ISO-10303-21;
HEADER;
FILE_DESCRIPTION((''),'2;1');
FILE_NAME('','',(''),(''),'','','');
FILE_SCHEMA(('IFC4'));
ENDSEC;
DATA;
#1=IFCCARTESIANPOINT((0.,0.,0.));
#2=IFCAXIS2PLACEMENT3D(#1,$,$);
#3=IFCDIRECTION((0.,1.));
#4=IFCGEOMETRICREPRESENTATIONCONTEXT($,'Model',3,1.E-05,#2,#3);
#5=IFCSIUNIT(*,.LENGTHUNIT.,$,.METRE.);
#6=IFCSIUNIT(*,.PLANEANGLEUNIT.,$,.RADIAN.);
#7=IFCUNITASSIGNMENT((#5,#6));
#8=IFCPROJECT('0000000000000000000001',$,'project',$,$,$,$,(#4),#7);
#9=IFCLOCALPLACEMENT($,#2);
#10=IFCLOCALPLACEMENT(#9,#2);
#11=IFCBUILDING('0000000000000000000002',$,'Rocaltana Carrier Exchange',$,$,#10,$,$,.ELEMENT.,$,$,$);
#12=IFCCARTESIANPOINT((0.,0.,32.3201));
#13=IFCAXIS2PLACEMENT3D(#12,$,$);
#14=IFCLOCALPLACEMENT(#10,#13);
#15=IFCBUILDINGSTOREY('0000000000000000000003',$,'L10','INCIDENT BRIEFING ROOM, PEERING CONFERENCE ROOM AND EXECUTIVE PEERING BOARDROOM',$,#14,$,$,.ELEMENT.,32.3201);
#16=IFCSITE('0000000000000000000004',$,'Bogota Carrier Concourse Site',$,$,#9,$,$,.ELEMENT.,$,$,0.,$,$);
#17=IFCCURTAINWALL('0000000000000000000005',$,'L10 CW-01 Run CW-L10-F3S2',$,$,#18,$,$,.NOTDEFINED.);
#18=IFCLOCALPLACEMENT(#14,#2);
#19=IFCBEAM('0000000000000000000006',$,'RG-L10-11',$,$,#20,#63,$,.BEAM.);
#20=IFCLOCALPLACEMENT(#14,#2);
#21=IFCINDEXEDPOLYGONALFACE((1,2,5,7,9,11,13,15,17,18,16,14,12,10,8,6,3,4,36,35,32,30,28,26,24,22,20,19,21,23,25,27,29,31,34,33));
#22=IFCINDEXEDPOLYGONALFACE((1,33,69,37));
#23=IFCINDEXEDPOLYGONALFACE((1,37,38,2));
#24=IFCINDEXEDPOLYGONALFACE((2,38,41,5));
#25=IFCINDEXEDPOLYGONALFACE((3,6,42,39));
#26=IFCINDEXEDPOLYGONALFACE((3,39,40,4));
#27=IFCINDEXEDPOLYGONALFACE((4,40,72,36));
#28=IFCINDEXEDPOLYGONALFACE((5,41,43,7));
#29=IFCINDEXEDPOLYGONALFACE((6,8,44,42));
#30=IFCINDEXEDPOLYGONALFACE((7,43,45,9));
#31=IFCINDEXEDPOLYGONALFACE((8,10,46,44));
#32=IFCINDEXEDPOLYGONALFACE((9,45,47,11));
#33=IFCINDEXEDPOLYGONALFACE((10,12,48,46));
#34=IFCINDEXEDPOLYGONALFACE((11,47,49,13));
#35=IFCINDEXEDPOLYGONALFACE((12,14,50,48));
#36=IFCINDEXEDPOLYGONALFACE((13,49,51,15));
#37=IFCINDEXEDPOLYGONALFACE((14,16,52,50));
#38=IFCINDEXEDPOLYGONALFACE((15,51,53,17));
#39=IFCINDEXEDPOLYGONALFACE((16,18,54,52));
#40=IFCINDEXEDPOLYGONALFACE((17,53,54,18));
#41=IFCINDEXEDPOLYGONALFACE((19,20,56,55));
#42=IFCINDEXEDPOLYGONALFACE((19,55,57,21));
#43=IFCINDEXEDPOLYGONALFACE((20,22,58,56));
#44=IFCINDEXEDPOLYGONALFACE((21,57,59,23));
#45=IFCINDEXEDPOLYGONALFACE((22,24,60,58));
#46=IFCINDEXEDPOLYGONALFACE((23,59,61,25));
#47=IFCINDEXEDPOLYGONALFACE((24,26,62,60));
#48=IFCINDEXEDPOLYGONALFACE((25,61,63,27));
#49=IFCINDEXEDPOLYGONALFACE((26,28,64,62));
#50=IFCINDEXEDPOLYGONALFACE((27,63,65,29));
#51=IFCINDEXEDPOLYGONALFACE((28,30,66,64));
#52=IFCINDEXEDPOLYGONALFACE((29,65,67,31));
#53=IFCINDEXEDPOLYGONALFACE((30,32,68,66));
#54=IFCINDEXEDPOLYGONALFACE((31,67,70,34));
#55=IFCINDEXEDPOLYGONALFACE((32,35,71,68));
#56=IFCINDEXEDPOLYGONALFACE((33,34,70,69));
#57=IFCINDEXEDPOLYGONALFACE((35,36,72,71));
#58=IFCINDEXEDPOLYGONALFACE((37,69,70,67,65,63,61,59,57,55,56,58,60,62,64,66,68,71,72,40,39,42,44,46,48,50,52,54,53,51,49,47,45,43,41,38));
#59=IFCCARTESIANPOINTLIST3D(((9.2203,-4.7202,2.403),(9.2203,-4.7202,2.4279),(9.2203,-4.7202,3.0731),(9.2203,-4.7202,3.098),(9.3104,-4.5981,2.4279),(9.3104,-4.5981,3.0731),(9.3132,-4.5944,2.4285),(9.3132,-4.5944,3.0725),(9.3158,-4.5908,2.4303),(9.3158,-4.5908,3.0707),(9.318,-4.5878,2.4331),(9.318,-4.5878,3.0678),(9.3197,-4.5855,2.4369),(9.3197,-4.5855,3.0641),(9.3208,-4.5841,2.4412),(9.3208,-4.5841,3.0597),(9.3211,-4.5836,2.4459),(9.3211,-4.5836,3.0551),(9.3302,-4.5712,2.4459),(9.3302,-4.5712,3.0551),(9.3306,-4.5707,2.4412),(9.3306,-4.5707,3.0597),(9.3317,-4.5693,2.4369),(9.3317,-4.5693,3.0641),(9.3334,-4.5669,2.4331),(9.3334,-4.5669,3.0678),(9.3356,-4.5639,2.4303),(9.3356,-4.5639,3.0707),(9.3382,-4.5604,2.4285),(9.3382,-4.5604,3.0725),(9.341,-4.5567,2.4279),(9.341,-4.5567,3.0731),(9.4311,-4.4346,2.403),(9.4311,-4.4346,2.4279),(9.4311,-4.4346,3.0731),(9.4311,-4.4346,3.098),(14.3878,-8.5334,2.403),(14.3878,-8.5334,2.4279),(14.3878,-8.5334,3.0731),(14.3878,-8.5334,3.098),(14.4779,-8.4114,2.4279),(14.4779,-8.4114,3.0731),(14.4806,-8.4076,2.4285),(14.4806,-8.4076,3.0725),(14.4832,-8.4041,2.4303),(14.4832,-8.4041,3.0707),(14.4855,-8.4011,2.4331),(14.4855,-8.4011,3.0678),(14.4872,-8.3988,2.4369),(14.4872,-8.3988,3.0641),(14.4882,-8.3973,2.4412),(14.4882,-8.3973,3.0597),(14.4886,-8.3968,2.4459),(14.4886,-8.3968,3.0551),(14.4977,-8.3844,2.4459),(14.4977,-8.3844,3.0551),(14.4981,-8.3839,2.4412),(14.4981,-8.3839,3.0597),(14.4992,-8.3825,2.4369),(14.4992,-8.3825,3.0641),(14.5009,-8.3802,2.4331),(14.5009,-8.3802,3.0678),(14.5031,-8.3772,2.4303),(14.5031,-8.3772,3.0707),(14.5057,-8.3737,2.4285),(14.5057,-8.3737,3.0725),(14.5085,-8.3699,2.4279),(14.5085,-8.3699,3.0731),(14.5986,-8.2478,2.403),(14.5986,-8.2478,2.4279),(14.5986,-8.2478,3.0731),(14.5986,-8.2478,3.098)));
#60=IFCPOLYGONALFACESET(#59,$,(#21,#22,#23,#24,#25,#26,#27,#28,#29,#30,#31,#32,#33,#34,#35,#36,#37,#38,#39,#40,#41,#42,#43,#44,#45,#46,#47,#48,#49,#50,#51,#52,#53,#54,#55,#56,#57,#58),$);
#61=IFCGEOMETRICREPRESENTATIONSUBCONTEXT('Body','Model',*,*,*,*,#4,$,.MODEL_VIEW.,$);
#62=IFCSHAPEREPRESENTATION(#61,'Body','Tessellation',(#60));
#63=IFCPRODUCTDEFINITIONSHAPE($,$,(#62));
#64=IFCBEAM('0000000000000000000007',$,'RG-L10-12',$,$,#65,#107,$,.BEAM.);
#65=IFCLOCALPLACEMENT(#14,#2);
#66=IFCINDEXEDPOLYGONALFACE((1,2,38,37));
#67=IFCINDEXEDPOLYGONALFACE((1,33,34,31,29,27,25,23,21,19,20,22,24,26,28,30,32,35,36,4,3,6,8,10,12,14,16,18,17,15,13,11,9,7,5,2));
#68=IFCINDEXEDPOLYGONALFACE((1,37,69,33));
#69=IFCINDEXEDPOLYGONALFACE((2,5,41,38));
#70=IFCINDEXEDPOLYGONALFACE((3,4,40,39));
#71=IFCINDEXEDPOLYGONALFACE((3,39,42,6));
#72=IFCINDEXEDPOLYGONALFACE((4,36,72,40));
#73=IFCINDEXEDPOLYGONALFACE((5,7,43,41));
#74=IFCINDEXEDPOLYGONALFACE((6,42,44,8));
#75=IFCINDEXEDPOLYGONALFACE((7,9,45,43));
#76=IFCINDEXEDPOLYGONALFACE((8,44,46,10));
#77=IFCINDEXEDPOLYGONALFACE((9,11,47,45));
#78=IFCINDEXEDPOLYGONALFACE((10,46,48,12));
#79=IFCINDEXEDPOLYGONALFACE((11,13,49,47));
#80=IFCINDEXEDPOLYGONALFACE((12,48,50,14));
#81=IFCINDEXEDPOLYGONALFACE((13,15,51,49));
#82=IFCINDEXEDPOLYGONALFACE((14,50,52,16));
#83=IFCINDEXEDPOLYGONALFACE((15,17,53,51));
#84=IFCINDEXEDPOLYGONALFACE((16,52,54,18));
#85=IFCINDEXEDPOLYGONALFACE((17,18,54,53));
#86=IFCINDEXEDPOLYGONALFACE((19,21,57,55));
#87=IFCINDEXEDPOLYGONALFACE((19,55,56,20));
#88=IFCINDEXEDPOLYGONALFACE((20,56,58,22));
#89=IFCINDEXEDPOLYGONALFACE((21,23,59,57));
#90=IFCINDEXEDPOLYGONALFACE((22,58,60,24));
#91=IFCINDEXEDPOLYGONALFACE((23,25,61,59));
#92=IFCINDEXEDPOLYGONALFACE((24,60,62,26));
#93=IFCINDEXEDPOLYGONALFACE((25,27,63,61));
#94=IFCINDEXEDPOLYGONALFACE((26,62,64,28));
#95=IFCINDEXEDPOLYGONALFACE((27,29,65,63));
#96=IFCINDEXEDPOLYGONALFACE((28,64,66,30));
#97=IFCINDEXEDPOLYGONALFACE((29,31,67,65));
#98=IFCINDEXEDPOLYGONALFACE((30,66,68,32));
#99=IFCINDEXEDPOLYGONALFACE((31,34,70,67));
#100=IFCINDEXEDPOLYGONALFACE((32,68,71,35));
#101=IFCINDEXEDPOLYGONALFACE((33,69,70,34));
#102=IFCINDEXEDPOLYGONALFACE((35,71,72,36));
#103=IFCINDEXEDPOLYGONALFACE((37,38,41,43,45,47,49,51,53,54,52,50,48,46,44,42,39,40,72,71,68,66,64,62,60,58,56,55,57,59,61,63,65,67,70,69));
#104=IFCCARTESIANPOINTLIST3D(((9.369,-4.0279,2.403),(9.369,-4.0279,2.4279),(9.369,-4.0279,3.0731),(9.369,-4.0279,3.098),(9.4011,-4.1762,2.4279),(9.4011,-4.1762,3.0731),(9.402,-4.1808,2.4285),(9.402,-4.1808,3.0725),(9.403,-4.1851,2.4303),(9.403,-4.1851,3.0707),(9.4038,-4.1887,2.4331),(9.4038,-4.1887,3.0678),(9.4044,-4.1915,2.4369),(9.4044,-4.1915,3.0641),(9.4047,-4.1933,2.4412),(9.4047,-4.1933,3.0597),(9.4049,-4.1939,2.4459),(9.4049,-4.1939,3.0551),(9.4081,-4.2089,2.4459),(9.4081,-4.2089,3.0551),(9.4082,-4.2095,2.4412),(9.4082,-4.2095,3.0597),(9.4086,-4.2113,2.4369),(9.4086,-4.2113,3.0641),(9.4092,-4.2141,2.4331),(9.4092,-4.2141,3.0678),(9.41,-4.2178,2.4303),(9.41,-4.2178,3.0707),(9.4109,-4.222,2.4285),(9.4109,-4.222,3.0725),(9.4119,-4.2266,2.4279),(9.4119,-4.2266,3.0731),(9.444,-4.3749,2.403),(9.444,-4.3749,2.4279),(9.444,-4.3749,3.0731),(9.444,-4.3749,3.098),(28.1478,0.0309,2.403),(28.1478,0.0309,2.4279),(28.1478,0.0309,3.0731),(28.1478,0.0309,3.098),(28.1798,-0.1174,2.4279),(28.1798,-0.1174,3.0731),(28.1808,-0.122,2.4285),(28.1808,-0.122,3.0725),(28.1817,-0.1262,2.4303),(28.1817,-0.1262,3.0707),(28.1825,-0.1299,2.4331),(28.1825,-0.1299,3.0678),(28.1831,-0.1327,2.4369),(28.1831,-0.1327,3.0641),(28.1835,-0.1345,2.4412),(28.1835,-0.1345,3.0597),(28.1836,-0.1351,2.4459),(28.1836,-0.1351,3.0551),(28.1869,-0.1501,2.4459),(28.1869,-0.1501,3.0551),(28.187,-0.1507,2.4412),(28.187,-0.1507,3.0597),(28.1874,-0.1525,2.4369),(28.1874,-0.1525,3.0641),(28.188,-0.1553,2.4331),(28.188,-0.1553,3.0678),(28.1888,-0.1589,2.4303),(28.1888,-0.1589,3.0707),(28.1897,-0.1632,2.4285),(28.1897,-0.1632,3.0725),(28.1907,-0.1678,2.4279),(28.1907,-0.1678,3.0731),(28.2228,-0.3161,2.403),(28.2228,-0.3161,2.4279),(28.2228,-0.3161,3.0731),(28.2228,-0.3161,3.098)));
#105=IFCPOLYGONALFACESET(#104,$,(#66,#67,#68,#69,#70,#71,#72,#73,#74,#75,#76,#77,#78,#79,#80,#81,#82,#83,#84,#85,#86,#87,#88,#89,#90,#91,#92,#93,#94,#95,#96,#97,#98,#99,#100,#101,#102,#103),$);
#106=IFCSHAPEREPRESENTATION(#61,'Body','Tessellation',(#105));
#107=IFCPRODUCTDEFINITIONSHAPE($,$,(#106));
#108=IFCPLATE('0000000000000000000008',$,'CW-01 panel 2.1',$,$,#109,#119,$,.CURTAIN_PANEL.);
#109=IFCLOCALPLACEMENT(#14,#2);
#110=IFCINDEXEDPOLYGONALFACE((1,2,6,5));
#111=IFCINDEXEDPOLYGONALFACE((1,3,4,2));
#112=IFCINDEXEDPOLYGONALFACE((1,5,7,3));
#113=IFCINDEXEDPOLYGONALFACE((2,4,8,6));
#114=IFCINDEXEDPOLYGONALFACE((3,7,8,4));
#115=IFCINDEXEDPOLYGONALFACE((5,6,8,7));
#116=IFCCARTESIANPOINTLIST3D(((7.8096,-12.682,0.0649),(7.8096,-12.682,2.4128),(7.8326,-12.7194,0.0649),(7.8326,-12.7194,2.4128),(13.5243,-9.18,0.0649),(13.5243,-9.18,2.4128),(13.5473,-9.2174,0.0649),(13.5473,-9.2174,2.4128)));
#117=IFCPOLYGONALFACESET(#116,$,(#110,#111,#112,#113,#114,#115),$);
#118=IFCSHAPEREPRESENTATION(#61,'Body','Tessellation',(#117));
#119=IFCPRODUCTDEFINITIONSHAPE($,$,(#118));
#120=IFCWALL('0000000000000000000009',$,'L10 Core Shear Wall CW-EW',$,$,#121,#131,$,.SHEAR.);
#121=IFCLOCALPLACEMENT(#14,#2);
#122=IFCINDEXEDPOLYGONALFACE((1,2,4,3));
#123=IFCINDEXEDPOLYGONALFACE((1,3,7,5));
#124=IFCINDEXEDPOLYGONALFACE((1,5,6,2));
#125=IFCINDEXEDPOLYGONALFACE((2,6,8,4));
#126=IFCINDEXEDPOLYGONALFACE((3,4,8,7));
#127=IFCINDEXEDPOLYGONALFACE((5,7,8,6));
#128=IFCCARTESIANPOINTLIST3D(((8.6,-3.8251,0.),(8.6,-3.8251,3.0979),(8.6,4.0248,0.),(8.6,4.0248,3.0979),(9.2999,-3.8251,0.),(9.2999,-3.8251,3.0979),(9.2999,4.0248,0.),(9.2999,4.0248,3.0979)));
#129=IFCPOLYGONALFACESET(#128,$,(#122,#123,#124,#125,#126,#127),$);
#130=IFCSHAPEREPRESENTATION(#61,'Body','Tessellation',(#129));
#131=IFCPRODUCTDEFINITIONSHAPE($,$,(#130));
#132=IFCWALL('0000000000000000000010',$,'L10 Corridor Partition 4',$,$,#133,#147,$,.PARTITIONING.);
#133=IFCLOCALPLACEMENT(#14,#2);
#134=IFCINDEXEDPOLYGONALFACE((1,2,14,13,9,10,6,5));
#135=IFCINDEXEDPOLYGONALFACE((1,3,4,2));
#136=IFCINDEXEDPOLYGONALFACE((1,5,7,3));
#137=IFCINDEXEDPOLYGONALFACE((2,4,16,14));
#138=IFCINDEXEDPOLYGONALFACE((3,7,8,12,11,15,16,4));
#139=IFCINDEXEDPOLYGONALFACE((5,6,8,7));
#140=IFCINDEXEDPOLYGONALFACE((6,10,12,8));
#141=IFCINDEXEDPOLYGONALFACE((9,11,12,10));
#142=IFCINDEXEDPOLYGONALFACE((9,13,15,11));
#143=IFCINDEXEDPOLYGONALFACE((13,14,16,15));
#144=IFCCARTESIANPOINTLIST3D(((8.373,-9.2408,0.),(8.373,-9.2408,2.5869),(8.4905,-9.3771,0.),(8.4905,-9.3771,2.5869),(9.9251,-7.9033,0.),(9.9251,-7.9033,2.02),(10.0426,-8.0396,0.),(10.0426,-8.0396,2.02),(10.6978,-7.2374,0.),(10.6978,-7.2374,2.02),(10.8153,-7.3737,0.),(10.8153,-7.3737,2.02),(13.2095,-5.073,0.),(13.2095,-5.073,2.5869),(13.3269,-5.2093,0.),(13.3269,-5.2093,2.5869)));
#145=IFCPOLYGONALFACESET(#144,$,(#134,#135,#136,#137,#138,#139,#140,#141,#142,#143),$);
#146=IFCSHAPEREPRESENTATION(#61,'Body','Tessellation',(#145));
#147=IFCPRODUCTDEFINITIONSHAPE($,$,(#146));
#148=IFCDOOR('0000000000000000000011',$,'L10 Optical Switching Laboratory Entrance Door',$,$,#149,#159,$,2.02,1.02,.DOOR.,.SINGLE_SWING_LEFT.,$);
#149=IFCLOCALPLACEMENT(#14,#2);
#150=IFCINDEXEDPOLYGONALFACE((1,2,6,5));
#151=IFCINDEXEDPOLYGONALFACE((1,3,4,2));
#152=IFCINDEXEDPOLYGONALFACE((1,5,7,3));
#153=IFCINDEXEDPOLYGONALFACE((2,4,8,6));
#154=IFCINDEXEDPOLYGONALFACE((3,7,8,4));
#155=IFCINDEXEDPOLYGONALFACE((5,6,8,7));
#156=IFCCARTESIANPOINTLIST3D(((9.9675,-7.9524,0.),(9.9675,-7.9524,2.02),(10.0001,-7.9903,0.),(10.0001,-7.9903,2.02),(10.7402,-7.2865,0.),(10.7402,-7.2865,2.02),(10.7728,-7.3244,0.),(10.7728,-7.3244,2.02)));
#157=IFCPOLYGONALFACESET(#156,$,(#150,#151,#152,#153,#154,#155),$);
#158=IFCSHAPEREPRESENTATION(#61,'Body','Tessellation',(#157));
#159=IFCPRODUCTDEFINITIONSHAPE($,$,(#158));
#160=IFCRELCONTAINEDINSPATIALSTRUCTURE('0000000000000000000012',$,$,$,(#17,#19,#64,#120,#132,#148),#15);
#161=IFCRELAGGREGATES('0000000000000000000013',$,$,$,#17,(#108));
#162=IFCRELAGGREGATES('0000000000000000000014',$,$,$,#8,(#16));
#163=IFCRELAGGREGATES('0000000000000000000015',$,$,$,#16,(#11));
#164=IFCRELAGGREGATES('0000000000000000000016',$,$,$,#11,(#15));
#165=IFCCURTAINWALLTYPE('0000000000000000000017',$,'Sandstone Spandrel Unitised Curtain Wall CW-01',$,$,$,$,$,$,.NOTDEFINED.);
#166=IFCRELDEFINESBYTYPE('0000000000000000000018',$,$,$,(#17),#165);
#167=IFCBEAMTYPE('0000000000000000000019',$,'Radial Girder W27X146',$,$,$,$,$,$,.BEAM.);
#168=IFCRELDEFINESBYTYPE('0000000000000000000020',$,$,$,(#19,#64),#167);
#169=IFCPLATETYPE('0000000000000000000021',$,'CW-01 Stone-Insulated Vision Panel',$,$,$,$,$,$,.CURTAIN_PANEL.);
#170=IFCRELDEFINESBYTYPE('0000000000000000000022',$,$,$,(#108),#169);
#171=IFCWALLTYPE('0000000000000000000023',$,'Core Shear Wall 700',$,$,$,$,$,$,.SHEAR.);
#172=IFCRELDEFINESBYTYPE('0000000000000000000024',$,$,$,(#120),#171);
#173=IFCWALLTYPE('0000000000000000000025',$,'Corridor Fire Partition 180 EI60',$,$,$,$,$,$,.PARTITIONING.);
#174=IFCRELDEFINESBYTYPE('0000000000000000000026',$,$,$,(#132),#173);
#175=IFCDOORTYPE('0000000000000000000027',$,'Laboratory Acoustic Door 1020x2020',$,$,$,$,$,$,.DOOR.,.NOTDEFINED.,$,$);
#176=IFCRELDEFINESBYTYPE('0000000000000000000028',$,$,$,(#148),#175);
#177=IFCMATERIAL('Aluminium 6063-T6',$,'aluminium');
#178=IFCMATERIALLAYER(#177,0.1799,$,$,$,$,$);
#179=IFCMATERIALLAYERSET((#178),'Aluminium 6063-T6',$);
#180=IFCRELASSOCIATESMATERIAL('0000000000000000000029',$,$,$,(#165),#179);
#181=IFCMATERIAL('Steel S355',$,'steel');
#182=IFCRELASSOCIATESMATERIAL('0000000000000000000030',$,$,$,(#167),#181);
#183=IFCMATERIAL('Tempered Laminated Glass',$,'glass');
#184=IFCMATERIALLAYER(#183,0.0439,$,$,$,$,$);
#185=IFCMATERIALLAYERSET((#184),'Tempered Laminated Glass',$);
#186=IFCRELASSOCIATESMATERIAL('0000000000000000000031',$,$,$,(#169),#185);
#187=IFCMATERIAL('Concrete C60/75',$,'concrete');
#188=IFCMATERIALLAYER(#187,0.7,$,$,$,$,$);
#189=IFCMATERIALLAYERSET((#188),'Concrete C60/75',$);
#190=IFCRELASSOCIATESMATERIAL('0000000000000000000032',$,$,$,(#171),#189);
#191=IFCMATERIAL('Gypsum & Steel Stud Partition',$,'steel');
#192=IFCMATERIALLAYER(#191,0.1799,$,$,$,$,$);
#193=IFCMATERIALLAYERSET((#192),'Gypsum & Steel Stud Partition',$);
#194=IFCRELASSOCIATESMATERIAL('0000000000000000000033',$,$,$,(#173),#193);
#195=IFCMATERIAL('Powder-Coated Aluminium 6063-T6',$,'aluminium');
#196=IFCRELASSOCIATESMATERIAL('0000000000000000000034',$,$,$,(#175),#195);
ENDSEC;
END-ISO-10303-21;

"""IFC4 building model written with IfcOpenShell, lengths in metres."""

from ifc_helpers import new_model, si_unit, direction, frame, frame_2d, origin, origin_2d, place, context, subcontext, project, spatial, rectangle, i_section, extrude, material, layer, layer_set, material_profile, profile_set, type_object, element, fill, aggregate, save


model = new_model("IFC4")

# Units and contexts
model_context = context("Model", 3, precision=1e-05, world=origin(), true_north=direction((0.0, 1.0)))
body_context = subcontext(model_context, "Body", "Model", "MODEL_VIEW")
ifc_project = project(units=[si_unit("LENGTHUNIT", "METRE"), si_unit("PLANEANGLEUNIT", "RADIAN")], contexts=[model_context])

# Site, building, storey
site_placement = place(None, origin())
site = spatial("IfcSite", under=ifc_project, at=site_placement, Name="Bogota Carrier Concourse Site", CompositionType="ELEMENT", RefElevation=0.0)
building_placement = place(site_placement, origin())
building = spatial("IfcBuilding", under=site, at=building_placement, Name="Rocaltana Carrier Exchange", CompositionType="ELEMENT")
storey_placement = place(building_placement, frame((0.0, 0.0, 32.3201)))
storey = spatial("IfcBuildingStorey", under=building, at=storey_placement, Name="L10", Description="INCIDENT BRIEFING ROOM, PEERING CONFERENCE ROOM AND EXECUTIVE PEERING BOARDROOM", CompositionType="ELEMENT", Elevation=32.3201)

# Curtain wall
ifc_material_1 = material(Name="Aluminium 6063-T6", Category="aluminium")
ifc_layer_1 = layer(ifc_material_1, 0.1799)
ifc_layer_set_1 = layer_set([ifc_layer_1], Name="Aluminium 6063-T6")
curtain_wall_type = type_object("IfcCurtainWallType", Name="Sandstone Spandrel Unitised Curtain Wall CW-01", PredefinedType="NOTDEFINED", material=ifc_layer_set_1)
curtain_wall_placement = place(storey_placement, origin())
curtain_wall = element("IfcCurtainWall", 1, at=curtain_wall_placement, inside=storey, type_object=curtain_wall_type, Name="L10 CW-01 Run CW-L10-F3S2", PredefinedType="NOTDEFINED")

# Beams
ifc_material_2 = material(Name="Steel S355", Category="steel")
ifc_material_profile_1 = material_profile(ifc_material_2, i_section(OverallWidth=0.355, OverallDepth=0.6951, WebThickness=0.0154, FlangeThickness=0.0249, FilletRadius=0.0181, at=origin_2d()), Name="W27X146")
ifc_profile_set_1 = profile_set([ifc_material_profile_1], Name="Steel S355")
beam_type_1 = type_object("IfcBeamType", Name="Radial Girder W27X146", PredefinedType="BEAM", material=ifc_profile_set_1)
beam_1_placement = place(storey_placement, frame((9.3257, -4.5774, 2.7505), z_axis=(0.804638, -0.593766, 0.0), x_axis=(0.593766, 0.804638, 0.0)))
element("IfcBeam", 2, at=beam_1_placement, inside=storey, type_object=beam_type_1, Name="RG-L10-11", PredefinedType="BEAM", context=body_context, shape_type="SweptSolid", body=[
    extrude(i_section(OverallWidth=0.355, OverallDepth=0.6951, WebThickness=0.0154, FlangeThickness=0.0249, FilletRadius=0.0181, at=origin_2d()), origin(), (0.0, 0.0, 1.0), 6.4221),
])
beam_2_placement = place(storey_placement, frame((9.4065, -4.2014, 2.7505), z_axis=(0.97743, 0.211261, 0.0), x_axis=(-0.211261, 0.97743, 0.0)))
element("IfcBeam", 3, at=beam_2_placement, inside=storey, type_object=beam_type_1, Name="RG-L10-12", PredefinedType="BEAM", context=body_context, shape_type="SweptSolid", body=[
    extrude(i_section(OverallWidth=0.355, OverallDepth=0.6951, WebThickness=0.0154, FlangeThickness=0.0249, FilletRadius=0.0181, at=origin_2d()), origin(), (0.0, 0.0, 1.0), 19.2124),
])

# Plate
ifc_material_3 = material(Name="Tempered Laminated Glass", Category="glass")
ifc_layer_2 = layer(ifc_material_3, 0.0439)
ifc_layer_set_2 = layer_set([ifc_layer_2], Name="Tempered Laminated Glass")
plate_type = type_object("IfcPlateType", Name="CW-01 Stone-Insulated Vision Panel", PredefinedType="CURTAIN_PANEL", material=ifc_layer_set_2)
plate_placement = place(storey_placement, frame((10.6785, -10.9497, 0.0649), z_axis=(0.0, 0.0, 1.0), x_axis=(0.852639, 0.5225, 0.0)))
plate = element("IfcPlate", 4, at=plate_placement, type_object=plate_type, Name="CW-01 panel 2.1", PredefinedType="CURTAIN_PANEL", context=body_context, shape_type="SweptSolid", body=[
    extrude(rectangle(XDim=6.7024, YDim=0.0439, at=origin_2d()), origin(), (0.0, 0.0, 1.0), 2.3479),
])
aggregate(curtain_wall, [plate])

# Wall
ifc_material_4 = material(Name="Concrete C60/75", Category="concrete")
ifc_layer_3 = layer(ifc_material_4, 0.7)
ifc_layer_set_3 = layer_set([ifc_layer_3], Name="Concrete C60/75")
wall_type_1 = type_object("IfcWallType", Name="Core Shear Wall 700", PredefinedType="SHEAR", material=ifc_layer_set_3)
wall_1_placement = place(storey_placement, frame((8.95, -3.825, 0.0), z_axis=(0.0, 0.0, 1.0), x_axis=(0.0, 1.0, 0.0)))
element("IfcWall", 5, at=wall_1_placement, inside=storey, type_object=wall_type_1, Name="L10 Core Shear Wall CW-EW", PredefinedType="SHEAR", context=body_context, shape_type="SweptSolid", body=[
    extrude(rectangle(XDim=7.8499, YDim=0.7, at=frame_2d((3.9248, 0.0))), origin(), (0.0, 0.0, 1.0), 3.0979),
])

# Wall, opening, door
ifc_material_5 = material(Name="Gypsum & Steel Stud Partition", Category="steel")
ifc_layer_4 = layer(ifc_material_5, 0.1799)
ifc_layer_set_4 = layer_set([ifc_layer_4], Name="Gypsum & Steel Stud Partition")
wall_type_2 = type_object("IfcWallType", Name="Corridor Fire Partition 180 EI60", PredefinedType="PARTITIONING", material=ifc_layer_set_4)
wall_2_placement = place(storey_placement, frame((13.2683, -5.1411, 0.0), z_axis=(0.0, 0.0, 1.0), x_axis=(-0.757535, -0.652795, 0.0)))
wall_2 = element("IfcWall", 6, at=wall_2_placement, inside=storey, type_object=wall_type_2, Name="L10 Corridor Partition 4", PredefinedType="PARTITIONING", context=body_context, shape_type="SweptSolid", body=[
    extrude(rectangle(XDim=6.3845, YDim=0.1799, at=frame_2d((3.1924, 0.0))), origin(), (0.0, 0.0, 1.0), 2.5869),
])
opening_1_placement = place(wall_2_placement, frame((3.3157, 0.0, 0.0)))
opening_1 = element("IfcOpeningElement", 7, at=opening_1_placement, cuts=wall_2, PredefinedType="OPENING", context=body_context, shape_type="SweptSolid", body=[
    extrude(rectangle(XDim=1.02, YDim=2.02, at=frame_2d((0.51, 1.01))), frame((0.0, 0.0999, 0.0), z_axis=(0.0, -1.0, 0.0), x_axis=(1.0, 0.0, 0.0)), (0.0, 0.0, 1.0), 0.2),
])
ifc_material_6 = material(Name="Powder-Coated Aluminium 6063-T6", Category="aluminium")
door_type_1 = type_object("IfcDoorType", Name="Laboratory Acoustic Door 1020x2020", OperationType="NOTDEFINED", PredefinedType="DOOR", material=ifc_material_6)
door_1_placement = place(opening_1_placement, origin())
door_1 = element("IfcDoor", 8, at=door_1_placement, inside=storey, type_object=door_type_1, Name="L10 Optical Switching Laboratory Entrance Door", OperationType="SINGLE_SWING_LEFT", OverallHeight=2.02, OverallWidth=1.02, PredefinedType="DOOR", context=body_context, shape_type="SweptSolid", body=[
    extrude(rectangle(XDim=1.02, YDim=2.02, at=frame_2d((0.51, 1.01))), frame((0.0, 0.0249, 0.0), z_axis=(0.0, -1.0, 0.0), x_axis=(1.0, 0.0, 0.0)), (0.0, 0.0, 1.0), 0.05),
])
fill(opening_1, door_1)

save(model, "model.ifc")
